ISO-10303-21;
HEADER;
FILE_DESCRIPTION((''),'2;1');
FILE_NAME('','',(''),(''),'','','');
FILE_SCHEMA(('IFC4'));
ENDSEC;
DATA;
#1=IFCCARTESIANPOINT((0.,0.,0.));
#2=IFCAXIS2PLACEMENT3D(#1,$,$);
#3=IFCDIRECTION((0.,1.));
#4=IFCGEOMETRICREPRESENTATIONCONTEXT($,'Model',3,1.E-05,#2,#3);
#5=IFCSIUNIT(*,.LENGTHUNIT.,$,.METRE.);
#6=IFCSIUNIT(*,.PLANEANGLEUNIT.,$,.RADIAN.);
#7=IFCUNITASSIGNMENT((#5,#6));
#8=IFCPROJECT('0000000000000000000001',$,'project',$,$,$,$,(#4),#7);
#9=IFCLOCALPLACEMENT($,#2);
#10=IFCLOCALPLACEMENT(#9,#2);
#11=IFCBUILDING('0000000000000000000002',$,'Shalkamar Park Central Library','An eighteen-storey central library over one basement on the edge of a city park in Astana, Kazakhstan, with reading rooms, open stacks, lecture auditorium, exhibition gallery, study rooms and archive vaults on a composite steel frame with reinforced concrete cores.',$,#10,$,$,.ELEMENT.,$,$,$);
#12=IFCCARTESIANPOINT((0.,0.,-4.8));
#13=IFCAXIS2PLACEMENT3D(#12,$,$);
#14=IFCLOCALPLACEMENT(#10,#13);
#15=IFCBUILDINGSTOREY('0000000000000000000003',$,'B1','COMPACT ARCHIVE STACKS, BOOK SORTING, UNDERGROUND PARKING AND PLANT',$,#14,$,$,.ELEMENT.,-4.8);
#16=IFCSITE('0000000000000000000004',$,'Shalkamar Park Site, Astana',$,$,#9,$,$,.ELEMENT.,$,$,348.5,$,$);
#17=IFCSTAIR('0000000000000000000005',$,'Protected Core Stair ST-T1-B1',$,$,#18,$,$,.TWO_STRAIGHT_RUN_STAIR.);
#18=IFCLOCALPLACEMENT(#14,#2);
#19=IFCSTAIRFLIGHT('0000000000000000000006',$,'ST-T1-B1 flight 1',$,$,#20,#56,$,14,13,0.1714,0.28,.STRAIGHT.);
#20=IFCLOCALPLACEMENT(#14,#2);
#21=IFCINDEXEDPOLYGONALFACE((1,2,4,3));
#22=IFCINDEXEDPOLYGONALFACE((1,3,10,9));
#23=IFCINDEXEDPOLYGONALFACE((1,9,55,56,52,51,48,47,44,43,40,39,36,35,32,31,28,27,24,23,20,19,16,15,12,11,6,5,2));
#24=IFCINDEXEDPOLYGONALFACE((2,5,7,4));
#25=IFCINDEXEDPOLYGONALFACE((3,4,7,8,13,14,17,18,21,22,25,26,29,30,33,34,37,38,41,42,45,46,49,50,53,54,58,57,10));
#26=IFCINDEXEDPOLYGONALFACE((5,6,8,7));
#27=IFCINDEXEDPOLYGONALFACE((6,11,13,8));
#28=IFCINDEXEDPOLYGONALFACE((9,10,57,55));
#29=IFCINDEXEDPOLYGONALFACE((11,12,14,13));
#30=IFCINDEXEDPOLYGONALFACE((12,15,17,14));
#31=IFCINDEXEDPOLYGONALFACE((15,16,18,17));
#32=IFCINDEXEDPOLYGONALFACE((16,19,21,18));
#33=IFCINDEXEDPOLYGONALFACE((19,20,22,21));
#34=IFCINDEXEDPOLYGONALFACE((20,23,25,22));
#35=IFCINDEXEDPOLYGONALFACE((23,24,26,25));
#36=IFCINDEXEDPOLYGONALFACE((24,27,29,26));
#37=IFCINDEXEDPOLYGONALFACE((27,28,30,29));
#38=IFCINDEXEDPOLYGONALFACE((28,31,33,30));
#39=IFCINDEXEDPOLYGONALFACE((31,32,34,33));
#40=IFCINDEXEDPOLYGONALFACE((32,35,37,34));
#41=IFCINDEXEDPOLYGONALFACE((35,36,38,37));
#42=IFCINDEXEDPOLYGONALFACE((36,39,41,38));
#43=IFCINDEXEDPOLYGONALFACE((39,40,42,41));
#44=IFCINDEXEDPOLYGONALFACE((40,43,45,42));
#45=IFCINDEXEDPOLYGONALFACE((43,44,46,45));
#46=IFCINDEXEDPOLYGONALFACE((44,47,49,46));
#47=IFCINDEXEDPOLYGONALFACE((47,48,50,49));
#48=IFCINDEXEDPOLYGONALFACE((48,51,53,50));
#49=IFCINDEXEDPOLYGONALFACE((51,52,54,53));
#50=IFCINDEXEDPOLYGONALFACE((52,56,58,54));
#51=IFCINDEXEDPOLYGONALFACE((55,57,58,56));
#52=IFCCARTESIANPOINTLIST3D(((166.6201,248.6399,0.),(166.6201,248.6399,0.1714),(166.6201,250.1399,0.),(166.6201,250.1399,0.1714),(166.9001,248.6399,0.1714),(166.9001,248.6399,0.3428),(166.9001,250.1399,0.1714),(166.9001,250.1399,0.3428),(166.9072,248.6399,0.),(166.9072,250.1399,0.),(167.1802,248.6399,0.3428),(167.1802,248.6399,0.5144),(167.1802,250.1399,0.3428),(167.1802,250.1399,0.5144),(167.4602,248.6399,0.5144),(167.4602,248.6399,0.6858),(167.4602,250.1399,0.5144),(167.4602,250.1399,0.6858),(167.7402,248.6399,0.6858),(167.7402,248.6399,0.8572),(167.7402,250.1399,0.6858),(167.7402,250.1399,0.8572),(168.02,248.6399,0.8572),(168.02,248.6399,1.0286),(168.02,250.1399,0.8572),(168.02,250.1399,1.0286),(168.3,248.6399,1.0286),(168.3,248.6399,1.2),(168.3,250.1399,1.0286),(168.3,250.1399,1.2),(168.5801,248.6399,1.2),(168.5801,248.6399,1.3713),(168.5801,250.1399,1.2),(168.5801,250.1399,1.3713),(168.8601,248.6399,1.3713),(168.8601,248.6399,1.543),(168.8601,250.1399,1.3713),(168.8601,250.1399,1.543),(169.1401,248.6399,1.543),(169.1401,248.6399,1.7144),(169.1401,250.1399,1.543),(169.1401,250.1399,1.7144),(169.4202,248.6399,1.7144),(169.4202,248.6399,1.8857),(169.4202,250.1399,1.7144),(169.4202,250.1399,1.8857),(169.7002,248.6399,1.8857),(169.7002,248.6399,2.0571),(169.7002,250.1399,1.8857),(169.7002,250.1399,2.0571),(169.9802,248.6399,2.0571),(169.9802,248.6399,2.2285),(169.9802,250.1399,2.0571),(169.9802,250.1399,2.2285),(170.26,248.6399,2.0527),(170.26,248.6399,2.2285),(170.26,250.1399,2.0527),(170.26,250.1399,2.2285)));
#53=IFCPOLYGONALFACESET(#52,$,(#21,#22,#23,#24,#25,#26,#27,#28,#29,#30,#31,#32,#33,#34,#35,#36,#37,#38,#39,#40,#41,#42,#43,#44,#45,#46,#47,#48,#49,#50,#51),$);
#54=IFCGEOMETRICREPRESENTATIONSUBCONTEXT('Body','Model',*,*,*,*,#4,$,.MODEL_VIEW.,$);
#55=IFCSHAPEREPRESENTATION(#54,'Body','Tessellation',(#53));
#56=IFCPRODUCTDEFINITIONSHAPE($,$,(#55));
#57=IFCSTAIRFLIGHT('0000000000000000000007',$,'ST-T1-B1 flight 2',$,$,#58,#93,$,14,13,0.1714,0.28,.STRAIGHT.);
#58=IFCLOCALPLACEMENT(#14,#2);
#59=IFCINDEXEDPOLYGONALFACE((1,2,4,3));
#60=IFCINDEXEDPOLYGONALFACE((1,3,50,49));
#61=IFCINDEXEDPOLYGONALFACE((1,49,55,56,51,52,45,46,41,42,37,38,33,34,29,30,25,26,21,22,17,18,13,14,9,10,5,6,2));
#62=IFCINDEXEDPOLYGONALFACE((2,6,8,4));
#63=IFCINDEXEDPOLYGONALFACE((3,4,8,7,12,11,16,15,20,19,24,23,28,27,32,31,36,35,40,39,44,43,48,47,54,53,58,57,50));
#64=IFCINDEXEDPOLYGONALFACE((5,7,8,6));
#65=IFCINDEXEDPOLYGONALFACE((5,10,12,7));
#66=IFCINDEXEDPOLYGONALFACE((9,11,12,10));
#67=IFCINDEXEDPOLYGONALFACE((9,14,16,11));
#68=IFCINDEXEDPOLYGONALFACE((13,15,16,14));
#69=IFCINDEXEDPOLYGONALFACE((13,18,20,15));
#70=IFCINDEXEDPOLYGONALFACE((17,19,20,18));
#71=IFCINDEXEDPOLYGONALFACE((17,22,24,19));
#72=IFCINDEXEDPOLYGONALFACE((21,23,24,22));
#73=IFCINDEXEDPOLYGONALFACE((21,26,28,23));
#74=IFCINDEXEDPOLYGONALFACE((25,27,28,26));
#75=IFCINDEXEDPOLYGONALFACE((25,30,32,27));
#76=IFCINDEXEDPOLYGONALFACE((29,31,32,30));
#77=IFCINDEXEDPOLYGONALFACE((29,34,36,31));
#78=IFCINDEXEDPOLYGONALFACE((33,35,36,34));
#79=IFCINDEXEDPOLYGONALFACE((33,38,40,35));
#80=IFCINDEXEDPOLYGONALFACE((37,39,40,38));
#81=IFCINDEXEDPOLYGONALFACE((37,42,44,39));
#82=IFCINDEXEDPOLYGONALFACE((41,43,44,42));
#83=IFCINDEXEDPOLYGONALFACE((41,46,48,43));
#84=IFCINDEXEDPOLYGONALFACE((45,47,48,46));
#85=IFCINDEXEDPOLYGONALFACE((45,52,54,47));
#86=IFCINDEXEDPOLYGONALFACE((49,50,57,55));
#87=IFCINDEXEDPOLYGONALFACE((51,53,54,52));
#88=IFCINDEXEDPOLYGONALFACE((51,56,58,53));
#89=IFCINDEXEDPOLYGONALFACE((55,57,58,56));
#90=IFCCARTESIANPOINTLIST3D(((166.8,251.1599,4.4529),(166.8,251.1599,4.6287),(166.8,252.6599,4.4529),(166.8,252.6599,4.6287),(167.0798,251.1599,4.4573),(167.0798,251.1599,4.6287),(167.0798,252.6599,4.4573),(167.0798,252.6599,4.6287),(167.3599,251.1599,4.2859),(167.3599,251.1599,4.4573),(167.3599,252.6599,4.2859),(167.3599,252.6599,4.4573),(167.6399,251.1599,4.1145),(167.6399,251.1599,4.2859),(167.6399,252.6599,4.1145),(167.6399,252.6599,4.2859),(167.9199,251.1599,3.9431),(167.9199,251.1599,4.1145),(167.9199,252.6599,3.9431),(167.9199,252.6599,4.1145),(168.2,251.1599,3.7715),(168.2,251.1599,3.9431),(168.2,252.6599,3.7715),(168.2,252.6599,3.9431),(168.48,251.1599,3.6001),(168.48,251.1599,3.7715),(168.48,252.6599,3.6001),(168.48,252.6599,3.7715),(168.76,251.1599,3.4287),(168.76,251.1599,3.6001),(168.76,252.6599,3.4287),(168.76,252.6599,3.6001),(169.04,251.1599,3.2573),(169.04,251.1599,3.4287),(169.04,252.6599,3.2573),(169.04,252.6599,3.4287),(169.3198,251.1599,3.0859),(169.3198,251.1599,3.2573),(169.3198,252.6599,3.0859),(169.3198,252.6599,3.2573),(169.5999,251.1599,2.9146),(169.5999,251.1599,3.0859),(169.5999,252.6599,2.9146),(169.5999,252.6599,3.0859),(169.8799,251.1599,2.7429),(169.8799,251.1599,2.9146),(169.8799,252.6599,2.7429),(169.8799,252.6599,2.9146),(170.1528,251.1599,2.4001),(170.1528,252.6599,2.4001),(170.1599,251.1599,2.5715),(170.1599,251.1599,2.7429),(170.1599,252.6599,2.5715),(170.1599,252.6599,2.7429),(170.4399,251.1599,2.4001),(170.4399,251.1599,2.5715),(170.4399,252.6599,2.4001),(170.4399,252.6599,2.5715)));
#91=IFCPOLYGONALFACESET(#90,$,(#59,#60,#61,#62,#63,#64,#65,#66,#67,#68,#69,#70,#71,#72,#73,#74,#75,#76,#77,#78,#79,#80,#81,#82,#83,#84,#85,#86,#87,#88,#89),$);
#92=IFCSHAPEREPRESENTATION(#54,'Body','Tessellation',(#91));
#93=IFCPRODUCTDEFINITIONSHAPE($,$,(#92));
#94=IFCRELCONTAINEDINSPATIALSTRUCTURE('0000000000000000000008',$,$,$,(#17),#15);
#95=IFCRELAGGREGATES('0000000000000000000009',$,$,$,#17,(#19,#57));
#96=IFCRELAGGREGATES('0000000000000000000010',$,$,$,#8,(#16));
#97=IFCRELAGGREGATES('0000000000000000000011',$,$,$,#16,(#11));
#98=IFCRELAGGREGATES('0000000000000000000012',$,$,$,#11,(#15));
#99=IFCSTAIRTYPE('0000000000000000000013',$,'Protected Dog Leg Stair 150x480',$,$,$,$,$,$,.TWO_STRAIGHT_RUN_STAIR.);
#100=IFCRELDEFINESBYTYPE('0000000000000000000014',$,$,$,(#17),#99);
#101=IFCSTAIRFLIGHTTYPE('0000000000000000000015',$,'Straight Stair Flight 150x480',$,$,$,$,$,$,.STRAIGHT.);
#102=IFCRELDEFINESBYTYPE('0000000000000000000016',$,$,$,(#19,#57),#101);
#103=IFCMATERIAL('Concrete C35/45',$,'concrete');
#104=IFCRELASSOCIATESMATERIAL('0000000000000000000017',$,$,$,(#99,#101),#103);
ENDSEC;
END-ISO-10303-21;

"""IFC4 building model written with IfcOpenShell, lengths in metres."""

from ifc_helpers import new_model, si_unit, direction, frame, origin, place, context, subcontext, project, spatial, polyline, outline, extrude, material, type_object, element, aggregate, save


model = new_model("IFC4")

# Units and contexts
model_context = context("Model", 3, precision=1e-05, world=origin(), true_north=direction((0.0, 1.0)))
body_context = subcontext(model_context, "Body", "Model", "MODEL_VIEW")
ifc_project = project(units=[si_unit("LENGTHUNIT", "METRE"), si_unit("PLANEANGLEUNIT", "RADIAN")], contexts=[model_context])

# Site, building, storey
site_placement = place(None, origin())
site = spatial("IfcSite", under=ifc_project, at=site_placement, Name="Shalkamar Park Site, Astana", CompositionType="ELEMENT", RefElevation=348.5)
building_placement = place(site_placement, origin())
building = spatial("IfcBuilding", under=site, at=building_placement, Name="Shalkamar Park Central Library", Description="An eighteen-storey central library over one basement on the edge of a city park in Astana, Kazakhstan, with reading rooms, open stacks, lecture auditorium, exhibition gallery, study rooms and archive vaults on a composite steel frame with reinforced concrete cores.", CompositionType="ELEMENT")
storey_placement = place(building_placement, frame((0.0, 0.0, -4.8)))
storey = spatial("IfcBuildingStorey", under=building, at=storey_placement, Name="B1", Description="COMPACT ARCHIVE STACKS, BOOK SORTING, UNDERGROUND PARKING AND PLANT", CompositionType="ELEMENT", Elevation=-4.8)

# Shared definitions
ifc_material_1 = material(Name="Concrete C35/45", Category="concrete")

# Stair, stair flights
stair_type = type_object("IfcStairType", Name="Protected Dog Leg Stair 150x480", PredefinedType="TWO_STRAIGHT_RUN_STAIR", material=ifc_material_1)
stair_placement = place(storey_placement, origin())
stair = element("IfcStair", 1, at=stair_placement, inside=storey, type_object=stair_type, Name="Protected Core Stair ST-T1-B1", PredefinedType="TWO_STRAIGHT_RUN_STAIR")
stair_flight_type = type_object("IfcStairFlightType", Name="Straight Stair Flight 150x480", PredefinedType="STRAIGHT", material=ifc_material_1)
stair_flight_1_placement = place(storey_placement, frame((166.6201, 249.3899, 0.0), z_axis=(0.0, 0.0, 1.0), x_axis=(1.0, 0.0, 0.0)))
stair_flight_1 = element("IfcStairFlight", 2, at=stair_flight_1_placement, type_object=stair_flight_type, Name="ST-T1-B1 flight 1", NumberOfRisers=14, NumberOfTreads=13, PredefinedType="STRAIGHT", RiserHeight=0.1714, TreadLength=0.28, context=body_context, shape_type="SweptSolid", body=[
    extrude(outline(polyline([(0.0, 0.0), (0.0, 0.1714), (0.28, 0.1714), (0.28, 0.3428), (0.5601, 0.3428), (0.5601, 0.5144), (0.8401, 0.5144), (0.8401, 0.6858), (1.1201, 0.6858), (1.1201, 0.8572), (1.3999, 0.8572), (1.3999, 1.0286), (1.6799, 1.0286), (1.6799, 1.2), (1.96, 1.2), (1.96, 1.3713), (2.24, 1.3713), (2.24, 1.543), (2.52, 1.543), (2.52, 1.7144), (2.8, 1.7144), (2.8, 1.8857), (3.0801, 1.8857), (3.0801, 2.0571), (3.3601, 2.0571), (3.3601, 2.2285), (3.6399, 2.2285), (3.6399, 2.3999), (3.6399, 2.0527), (0.2871, 0.0), (0.0, 0.0)])), frame((0.0, 0.75, 0.0), z_axis=(0.0, -1.0, 0.0), x_axis=(1.0, 0.0, 0.0)), (0.0, 0.0, 1.0), 1.5),
])
stair_flight_2_placement = place(storey_placement, frame((170.4399, 251.9099, 2.4001), z_axis=(0.0, 0.0, 1.0), x_axis=(-1.0, 0.0, 0.0)))
stair_flight_2 = element("IfcStairFlight", 3, at=stair_flight_2_placement, type_object=stair_flight_type, Name="ST-T1-B1 flight 2", NumberOfRisers=14, NumberOfTreads=13, PredefinedType="STRAIGHT", RiserHeight=0.1714, TreadLength=0.28, context=body_context, shape_type="SweptSolid", body=[
    extrude(outline(polyline([(0.0, 0.0), (0.0, 0.1714), (0.28, 0.1714), (0.28, 0.3428), (0.5601, 0.3428), (0.5601, 0.5144), (0.8401, 0.5144), (0.8401, 0.6858), (1.1201, 0.6858), (1.1201, 0.8572), (1.3999, 0.8572), (1.3999, 1.0286), (1.6799, 1.0286), (1.6799, 1.2), (1.96, 1.2), (1.96, 1.3713), (2.24, 1.3713), (2.24, 1.543), (2.52, 1.543), (2.52, 1.7144), (2.8, 1.7144), (2.8, 1.8857), (3.0801, 1.8857), (3.0801, 2.0571), (3.3601, 2.0571), (3.3601, 2.2285), (3.6399, 2.2285), (3.6399, 2.3999), (3.6399, 2.0527), (0.2871, 0.0), (0.0, 0.0)])), frame((0.0, 0.75, 0.0), z_axis=(0.0, -1.0, 0.0), x_axis=(1.0, 0.0, 0.0)), (0.0, 0.0, 1.0), 1.5),
])
aggregate(stair, [stair_flight_1, stair_flight_2])

save(model, "model.ifc")
